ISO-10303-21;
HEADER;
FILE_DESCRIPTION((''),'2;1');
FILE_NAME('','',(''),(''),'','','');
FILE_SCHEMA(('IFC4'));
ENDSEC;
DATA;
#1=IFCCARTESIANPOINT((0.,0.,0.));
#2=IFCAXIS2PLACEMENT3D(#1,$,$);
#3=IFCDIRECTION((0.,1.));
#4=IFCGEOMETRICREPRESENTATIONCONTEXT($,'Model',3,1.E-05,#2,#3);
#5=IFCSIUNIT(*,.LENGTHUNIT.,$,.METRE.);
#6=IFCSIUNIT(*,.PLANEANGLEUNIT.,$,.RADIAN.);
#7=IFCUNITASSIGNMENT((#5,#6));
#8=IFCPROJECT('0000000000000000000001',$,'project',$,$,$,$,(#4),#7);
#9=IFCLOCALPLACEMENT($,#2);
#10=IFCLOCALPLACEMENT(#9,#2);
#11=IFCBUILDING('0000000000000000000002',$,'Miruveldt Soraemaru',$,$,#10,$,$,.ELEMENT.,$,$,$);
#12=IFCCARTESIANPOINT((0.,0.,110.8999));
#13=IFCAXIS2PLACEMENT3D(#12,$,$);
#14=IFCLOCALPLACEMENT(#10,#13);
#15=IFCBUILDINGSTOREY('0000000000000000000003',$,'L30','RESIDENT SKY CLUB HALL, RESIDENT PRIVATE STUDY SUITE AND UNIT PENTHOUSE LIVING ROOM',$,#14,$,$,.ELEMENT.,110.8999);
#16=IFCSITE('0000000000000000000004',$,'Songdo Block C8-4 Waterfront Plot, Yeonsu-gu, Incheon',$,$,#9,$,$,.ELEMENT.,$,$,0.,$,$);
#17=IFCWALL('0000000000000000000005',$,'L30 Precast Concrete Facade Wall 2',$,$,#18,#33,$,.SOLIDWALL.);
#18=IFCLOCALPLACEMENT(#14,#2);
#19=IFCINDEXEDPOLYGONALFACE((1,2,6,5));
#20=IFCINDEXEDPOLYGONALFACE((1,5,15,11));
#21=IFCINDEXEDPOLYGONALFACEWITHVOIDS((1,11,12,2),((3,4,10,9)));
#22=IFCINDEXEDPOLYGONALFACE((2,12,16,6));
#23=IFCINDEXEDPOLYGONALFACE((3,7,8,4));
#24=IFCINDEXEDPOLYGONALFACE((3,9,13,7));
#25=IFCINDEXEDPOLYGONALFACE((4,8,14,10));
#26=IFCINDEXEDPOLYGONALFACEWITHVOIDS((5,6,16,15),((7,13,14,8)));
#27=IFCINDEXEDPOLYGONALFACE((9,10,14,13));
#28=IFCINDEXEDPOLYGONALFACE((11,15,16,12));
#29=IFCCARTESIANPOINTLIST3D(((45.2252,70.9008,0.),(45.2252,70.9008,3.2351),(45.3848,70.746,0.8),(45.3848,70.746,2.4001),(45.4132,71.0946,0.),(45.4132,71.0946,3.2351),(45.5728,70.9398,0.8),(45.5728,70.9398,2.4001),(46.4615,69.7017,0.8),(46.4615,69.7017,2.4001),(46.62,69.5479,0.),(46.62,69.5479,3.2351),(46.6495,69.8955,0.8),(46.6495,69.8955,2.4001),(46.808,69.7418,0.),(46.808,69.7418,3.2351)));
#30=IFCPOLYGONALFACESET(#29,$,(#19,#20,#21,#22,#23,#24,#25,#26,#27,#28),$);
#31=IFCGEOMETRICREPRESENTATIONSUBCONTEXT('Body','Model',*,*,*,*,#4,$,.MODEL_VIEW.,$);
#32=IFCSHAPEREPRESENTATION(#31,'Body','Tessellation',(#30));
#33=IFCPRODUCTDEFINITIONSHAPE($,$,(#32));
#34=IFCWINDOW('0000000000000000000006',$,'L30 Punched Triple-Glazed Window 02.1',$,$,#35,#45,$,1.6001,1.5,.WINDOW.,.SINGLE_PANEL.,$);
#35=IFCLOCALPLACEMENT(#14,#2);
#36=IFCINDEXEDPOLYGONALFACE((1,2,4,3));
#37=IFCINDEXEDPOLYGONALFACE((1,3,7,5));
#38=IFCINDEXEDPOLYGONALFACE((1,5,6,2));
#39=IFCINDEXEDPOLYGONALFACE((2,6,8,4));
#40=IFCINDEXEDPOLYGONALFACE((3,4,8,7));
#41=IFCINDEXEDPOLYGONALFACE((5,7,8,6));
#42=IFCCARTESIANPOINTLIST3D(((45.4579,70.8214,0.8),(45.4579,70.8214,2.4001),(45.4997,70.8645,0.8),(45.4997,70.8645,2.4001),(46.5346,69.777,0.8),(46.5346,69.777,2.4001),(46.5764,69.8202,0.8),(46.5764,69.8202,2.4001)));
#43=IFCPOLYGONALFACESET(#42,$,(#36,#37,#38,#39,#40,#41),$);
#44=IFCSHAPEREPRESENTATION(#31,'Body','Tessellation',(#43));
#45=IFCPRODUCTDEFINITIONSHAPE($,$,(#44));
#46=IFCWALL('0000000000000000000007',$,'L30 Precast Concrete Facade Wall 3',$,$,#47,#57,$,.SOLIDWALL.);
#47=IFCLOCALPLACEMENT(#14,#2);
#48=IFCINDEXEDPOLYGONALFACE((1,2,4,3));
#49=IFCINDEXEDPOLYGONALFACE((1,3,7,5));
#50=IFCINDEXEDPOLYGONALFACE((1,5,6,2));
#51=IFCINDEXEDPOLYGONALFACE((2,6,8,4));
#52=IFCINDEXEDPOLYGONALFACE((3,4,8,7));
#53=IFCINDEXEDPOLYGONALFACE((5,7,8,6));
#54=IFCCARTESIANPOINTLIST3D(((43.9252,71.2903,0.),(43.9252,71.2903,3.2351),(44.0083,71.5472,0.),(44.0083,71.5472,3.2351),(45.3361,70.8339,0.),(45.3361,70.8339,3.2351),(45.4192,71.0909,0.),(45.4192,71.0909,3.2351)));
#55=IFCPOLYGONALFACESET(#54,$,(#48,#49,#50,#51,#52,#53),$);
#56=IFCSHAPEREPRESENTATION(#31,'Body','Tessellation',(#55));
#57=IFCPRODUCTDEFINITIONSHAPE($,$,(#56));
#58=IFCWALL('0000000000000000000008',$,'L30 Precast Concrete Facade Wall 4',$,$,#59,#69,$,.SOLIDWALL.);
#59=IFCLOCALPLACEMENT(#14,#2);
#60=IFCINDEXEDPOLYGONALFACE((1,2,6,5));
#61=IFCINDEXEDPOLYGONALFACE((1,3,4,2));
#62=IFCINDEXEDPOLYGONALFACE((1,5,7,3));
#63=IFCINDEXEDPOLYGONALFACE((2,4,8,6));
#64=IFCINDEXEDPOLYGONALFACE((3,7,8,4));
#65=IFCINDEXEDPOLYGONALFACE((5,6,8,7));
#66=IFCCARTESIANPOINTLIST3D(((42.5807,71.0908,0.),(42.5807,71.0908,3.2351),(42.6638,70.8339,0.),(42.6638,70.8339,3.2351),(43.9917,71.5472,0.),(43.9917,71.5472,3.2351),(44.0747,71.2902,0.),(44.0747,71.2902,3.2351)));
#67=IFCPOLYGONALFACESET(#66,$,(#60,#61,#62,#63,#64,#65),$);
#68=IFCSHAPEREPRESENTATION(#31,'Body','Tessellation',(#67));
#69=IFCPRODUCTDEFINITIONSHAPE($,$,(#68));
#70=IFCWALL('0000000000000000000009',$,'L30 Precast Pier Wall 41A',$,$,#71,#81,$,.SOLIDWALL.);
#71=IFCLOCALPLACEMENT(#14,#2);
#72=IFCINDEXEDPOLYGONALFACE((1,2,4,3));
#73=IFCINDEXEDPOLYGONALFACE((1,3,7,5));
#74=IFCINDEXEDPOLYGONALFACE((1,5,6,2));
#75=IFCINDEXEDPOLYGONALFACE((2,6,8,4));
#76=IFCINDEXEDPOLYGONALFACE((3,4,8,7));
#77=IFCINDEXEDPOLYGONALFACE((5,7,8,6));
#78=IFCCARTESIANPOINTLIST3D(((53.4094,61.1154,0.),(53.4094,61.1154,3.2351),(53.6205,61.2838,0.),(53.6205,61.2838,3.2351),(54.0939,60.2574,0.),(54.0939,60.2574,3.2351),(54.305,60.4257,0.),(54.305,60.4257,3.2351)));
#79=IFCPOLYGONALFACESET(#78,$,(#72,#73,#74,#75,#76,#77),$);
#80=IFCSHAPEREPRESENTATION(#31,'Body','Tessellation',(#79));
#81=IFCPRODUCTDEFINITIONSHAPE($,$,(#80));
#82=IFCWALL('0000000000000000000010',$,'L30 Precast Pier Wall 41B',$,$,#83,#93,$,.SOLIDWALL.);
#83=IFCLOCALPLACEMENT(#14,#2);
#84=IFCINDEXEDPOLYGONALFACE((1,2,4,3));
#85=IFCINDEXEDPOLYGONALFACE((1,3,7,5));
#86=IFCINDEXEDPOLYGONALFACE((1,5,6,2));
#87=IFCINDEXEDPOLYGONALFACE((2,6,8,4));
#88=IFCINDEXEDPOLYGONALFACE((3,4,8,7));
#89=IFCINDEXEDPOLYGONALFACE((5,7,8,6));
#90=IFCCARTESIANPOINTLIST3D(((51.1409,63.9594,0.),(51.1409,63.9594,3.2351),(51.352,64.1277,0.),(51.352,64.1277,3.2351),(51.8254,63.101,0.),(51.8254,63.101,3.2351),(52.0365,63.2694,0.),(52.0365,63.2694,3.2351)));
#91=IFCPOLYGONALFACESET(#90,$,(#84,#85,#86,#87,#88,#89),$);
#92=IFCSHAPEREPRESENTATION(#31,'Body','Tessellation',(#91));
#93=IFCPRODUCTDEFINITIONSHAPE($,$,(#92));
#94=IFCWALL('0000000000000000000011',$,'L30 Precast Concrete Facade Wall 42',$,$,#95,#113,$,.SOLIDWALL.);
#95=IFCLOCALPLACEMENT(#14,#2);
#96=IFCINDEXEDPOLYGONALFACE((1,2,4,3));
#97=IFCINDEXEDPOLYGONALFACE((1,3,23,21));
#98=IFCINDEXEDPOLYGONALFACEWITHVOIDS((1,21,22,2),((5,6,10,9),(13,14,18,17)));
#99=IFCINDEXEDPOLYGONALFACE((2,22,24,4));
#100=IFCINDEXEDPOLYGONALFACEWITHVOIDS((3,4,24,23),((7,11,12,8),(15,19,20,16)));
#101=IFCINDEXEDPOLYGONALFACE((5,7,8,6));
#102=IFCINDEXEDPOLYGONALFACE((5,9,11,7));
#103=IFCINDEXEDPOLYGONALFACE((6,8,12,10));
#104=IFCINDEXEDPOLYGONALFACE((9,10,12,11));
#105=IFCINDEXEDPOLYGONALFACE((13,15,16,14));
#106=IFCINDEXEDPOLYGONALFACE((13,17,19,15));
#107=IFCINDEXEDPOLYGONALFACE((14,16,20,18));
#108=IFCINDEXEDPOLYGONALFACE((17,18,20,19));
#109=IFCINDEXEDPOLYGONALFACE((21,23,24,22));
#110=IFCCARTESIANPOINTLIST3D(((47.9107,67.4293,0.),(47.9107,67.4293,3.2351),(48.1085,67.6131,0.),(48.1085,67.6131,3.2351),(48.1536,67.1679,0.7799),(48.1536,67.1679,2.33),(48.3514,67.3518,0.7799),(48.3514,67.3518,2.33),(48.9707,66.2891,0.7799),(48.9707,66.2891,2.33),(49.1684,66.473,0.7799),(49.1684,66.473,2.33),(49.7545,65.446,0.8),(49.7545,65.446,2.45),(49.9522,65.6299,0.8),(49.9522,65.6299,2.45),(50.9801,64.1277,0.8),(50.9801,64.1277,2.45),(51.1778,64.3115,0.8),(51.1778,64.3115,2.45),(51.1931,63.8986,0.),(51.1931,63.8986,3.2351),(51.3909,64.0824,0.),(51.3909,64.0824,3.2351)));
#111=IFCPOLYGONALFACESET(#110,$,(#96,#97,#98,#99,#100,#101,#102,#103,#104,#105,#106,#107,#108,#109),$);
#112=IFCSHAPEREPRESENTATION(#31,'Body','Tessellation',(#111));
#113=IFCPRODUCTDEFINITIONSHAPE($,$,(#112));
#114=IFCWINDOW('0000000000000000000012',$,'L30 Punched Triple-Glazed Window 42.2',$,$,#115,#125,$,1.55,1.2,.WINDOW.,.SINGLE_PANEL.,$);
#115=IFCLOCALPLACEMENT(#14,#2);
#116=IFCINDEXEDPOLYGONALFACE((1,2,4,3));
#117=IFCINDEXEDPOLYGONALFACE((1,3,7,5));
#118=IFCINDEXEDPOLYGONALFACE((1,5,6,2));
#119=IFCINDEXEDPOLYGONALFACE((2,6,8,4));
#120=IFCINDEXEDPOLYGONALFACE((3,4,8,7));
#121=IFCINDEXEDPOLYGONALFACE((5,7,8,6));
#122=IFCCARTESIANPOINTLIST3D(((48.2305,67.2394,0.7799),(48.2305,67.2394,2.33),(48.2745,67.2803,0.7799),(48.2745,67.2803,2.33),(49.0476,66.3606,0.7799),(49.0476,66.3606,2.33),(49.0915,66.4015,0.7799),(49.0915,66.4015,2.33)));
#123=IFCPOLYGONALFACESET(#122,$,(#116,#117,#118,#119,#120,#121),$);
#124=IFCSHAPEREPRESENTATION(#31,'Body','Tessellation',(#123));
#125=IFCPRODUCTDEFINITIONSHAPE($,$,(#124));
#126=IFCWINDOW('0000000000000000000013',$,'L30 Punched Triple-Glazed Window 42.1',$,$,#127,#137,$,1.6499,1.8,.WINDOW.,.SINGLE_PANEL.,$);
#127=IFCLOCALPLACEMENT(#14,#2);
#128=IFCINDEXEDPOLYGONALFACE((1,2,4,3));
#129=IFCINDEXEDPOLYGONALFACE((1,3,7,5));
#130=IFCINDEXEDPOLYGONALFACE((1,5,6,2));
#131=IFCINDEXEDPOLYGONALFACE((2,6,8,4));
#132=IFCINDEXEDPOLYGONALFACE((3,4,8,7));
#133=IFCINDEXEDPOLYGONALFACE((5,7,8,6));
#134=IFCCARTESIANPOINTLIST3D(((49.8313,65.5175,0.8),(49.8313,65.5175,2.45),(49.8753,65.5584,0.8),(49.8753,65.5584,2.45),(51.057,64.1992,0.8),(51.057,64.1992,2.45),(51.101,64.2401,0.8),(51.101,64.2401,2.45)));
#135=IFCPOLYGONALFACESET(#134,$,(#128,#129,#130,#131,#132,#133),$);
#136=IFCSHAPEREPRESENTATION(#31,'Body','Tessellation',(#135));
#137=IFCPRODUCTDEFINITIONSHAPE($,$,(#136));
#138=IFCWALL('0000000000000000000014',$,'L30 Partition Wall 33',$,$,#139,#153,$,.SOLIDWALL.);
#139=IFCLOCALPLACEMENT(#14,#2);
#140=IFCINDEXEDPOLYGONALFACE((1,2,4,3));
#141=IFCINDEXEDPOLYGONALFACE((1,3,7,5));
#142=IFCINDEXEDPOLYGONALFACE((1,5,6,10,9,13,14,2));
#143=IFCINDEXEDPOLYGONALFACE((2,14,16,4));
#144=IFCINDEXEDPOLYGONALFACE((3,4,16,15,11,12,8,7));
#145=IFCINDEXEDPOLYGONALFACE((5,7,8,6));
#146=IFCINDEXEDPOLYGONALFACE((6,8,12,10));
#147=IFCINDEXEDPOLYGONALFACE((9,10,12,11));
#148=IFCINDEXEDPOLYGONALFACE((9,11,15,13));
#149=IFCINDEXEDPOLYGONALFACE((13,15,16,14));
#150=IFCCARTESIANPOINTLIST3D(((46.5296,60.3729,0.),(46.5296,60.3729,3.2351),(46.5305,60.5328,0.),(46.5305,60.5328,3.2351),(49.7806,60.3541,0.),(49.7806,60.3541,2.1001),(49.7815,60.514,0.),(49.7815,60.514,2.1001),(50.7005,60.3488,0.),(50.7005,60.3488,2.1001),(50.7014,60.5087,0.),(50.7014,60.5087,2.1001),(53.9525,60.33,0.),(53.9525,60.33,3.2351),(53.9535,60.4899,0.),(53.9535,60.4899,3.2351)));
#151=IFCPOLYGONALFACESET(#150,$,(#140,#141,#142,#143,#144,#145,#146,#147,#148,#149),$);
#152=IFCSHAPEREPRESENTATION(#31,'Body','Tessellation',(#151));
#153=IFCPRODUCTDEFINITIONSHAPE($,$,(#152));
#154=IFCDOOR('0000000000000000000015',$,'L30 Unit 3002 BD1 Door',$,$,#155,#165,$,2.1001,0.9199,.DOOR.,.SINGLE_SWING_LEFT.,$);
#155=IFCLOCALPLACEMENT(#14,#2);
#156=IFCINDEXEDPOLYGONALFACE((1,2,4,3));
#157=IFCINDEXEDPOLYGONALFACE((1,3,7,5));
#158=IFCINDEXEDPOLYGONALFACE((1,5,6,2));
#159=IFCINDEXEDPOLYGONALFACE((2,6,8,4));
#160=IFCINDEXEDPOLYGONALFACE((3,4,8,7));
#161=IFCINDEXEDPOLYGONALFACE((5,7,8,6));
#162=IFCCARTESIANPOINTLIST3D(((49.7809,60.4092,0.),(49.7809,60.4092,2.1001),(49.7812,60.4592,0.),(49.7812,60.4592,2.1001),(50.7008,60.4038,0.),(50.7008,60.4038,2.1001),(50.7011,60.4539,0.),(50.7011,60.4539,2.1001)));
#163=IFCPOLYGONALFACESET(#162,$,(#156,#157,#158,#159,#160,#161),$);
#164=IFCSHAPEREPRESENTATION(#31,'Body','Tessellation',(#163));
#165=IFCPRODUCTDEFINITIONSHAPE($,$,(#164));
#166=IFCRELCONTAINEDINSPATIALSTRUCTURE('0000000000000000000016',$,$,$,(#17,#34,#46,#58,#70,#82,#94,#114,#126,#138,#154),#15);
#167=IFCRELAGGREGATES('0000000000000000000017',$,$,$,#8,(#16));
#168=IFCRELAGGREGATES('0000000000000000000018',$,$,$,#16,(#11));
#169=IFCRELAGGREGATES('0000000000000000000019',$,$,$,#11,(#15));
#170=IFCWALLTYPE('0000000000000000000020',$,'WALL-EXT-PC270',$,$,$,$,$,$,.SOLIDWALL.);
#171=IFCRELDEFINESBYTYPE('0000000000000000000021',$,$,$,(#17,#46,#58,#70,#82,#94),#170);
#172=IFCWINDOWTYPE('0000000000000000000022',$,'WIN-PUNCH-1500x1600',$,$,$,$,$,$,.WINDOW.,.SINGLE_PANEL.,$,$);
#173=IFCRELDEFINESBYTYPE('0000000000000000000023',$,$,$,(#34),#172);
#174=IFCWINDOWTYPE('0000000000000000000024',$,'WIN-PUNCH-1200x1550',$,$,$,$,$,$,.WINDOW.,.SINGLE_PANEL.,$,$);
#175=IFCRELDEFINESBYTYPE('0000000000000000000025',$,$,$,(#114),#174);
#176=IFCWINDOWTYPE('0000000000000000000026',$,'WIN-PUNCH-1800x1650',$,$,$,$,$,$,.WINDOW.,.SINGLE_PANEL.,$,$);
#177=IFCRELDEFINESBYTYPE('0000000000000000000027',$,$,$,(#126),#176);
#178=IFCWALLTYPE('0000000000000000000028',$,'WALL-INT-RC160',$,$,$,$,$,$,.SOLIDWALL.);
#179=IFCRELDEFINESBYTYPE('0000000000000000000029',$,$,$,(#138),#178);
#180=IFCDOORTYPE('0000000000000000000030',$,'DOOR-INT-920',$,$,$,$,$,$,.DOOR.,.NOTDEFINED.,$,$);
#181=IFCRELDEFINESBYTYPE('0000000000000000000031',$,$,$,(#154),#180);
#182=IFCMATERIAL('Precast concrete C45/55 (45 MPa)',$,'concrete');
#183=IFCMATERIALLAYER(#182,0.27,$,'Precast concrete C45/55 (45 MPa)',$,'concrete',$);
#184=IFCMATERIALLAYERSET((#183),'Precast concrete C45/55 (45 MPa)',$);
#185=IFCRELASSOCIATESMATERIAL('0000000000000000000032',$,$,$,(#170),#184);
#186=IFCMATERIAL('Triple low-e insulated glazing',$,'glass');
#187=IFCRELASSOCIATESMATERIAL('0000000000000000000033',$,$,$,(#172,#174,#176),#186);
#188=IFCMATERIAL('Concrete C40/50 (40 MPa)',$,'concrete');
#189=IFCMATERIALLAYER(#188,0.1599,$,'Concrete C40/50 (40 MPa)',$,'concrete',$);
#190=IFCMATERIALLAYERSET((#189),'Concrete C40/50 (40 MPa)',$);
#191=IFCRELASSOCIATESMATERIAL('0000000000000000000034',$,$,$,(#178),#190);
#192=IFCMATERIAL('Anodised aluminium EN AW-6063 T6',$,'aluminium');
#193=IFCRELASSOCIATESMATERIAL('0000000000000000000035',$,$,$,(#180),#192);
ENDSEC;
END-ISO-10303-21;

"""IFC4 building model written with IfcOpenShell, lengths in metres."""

from ifc_helpers import new_model, si_unit, direction, frame, frame_2d, origin, place, context, subcontext, project, spatial, rectangle, extrude, material, layer, layer_set, type_object, element, fill, save


model = new_model("IFC4")

# Units and contexts
model_context = context("Model", 3, precision=1e-05, world=origin(), true_north=direction((0.0, 1.0)))
body_context = subcontext(model_context, "Body", "Model", "MODEL_VIEW")
ifc_project = project(units=[si_unit("LENGTHUNIT", "METRE"), si_unit("PLANEANGLEUNIT", "RADIAN")], contexts=[model_context])

# Site, building, storey
site_placement = place(None, origin())
site = spatial("IfcSite", under=ifc_project, at=site_placement, Name="Songdo Block C8-4 Waterfront Plot, Yeonsu-gu, Incheon", CompositionType="ELEMENT", RefElevation=0.0)
building_placement = place(site_placement, origin())
building = spatial("IfcBuilding", under=site, at=building_placement, Name="Miruveldt Soraemaru", CompositionType="ELEMENT")
storey_placement = place(building_placement, frame((0.0, 0.0, 110.8999)))
storey = spatial("IfcBuildingStorey", under=building, at=storey_placement, Name="L30", Description="RESIDENT SKY CLUB HALL, RESIDENT PRIVATE STUDY SUITE AND UNIT PENTHOUSE LIVING ROOM", CompositionType="ELEMENT", Elevation=110.8999)

# Wall, opening, window
ifc_material_1 = material(Name="Triple low-e insulated glazing", Category="glass")
ifc_material_2 = material(Name="Precast concrete C45/55 (45 MPa)", Category="concrete")
ifc_layer_1 = layer(ifc_material_2, 0.27, Name="Precast concrete C45/55 (45 MPa)", Category="concrete")
ifc_layer_set_1 = layer_set([ifc_layer_1], Name="Precast concrete C45/55 (45 MPa)")
wall_type_1 = type_object("IfcWallType", Name="WALL-EXT-PC270", PredefinedType="SOLIDWALL", material=ifc_layer_set_1)
wall_1_placement = place(storey_placement, frame((46.7141, 69.6448, 0.0), z_axis=(0.0, 0.0, 1.0), x_axis=(-0.71783, 0.696218, 0.0)))
wall_1 = element("IfcWall", 1, at=wall_1_placement, inside=storey, type_object=wall_type_1, Name="L30 Precast Concrete Facade Wall 2", PredefinedType="SOLIDWALL", context=body_context, shape_type="SweptSolid", body=[
    extrude(rectangle(XDim=1.9431, YDim=0.27, at=frame_2d((0.9717, 0.0))), origin(), (0.0, 0.0, 1.0), 3.2351),
])
opening_1_placement = place(wall_1_placement, frame((0.2209, 0.0, 0.8)))
opening_1 = element("IfcOpeningElement", 2, at=opening_1_placement, cuts=wall_1, PredefinedType="OPENING", context=body_context, shape_type="SweptSolid", body=[
    extrude(rectangle(XDim=1.5, YDim=1.6001, at=frame_2d((0.75, 0.8))), frame((0.0, 0.145, 0.0), z_axis=(0.0, -1.0, 0.0), x_axis=(1.0, 0.0, 0.0)), (0.0, 0.0, 1.0), 0.29),
])
window_type_1 = type_object("IfcWindowType", Name="WIN-PUNCH-1500x1600", PartitioningType="SINGLE_PANEL", PredefinedType="WINDOW", material=ifc_material_1)
window_1_placement = place(opening_1_placement, origin())
window_1 = element("IfcWindow", 3, at=window_1_placement, inside=storey, type_object=window_type_1, Name="L30 Punched Triple-Glazed Window 02.1", OverallHeight=1.6001, OverallWidth=1.5, PartitioningType="SINGLE_PANEL", PredefinedType="WINDOW", context=body_context, shape_type="SweptSolid", body=[
    extrude(rectangle(XDim=1.5, YDim=1.6001, at=frame_2d((0.75, 0.8))), frame((0.0, 0.03, 0.0), z_axis=(0.0, -1.0, 0.0), x_axis=(1.0, 0.0, 0.0)), (0.0, 0.0, 1.0), 0.0601),
])
fill(opening_1, window_1)

# Walls
for number, where, z_axis, x_axis, name in (
    (4, (45.3777, 70.9624, 0.0), (0.0, 0.0, 1.0), (-0.951477, 0.307719, 0.0), "L30 Precast Concrete Facade Wall 3"),
    (5, (44.0332, 71.4187, 0.0), (0.0, 0.0, 1.0), (-0.951477, -0.307719, 0.0), "L30 Precast Concrete Facade Wall 4"),
):
    element("IfcWall", number, at=place(storey_placement, frame(where, z_axis=z_axis, x_axis=x_axis)), inside=storey, type_object=wall_type_1, Name=name, PredefinedType="SOLIDWALL", context=body_context, shape_type="SweptSolid", body=[
        extrude(rectangle(XDim=1.4829, YDim=0.27, at=frame_2d((0.7415, 0.0))), origin(), (0.0, 0.0, 1.0), 3.2351),
    ])
wall_2_placement = place(storey_placement, frame((54.1995, 60.3416, 0.0), z_axis=(0.0, 0.0, 1.0), x_axis=(-0.62361, 0.781736, 0.0)))
element("IfcWall", 6, at=wall_2_placement, inside=storey, type_object=wall_type_1, Name="L30 Precast Pier Wall 41A", PredefinedType="SOLIDWALL", context=body_context, shape_type="SweptSolid", body=[
    extrude(rectangle(XDim=1.0977, YDim=0.27, at=frame_2d((0.5488, 0.0))), origin(), (0.0, 0.0, 1.0), 3.2351),
])
wall_3_placement = place(storey_placement, frame((51.9309, 63.1853, 0.0), z_axis=(0.0, 0.0, 1.0), x_axis=(-0.623501, 0.781822, 0.0)))
element("IfcWall", 7, at=wall_3_placement, inside=storey, type_object=wall_type_1, Name="L30 Precast Pier Wall 41B", PredefinedType="SOLIDWALL", context=body_context, shape_type="SweptSolid", body=[
    extrude(rectangle(XDim=1.0979, YDim=0.27, at=frame_2d((0.5488, 0.0))), origin(), (0.0, 0.0, 1.0), 3.2351),
])

# Wall, openings, windows
wall_4_placement = place(storey_placement, frame((51.292, 63.9905, 0.0), z_axis=(0.0, 0.0, 1.0), x_axis=(-0.680886, 0.732389, 0.0)))
wall_4 = element("IfcWall", 8, at=wall_4_placement, inside=storey, type_object=wall_type_1, Name="L30 Precast Concrete Facade Wall 42", PredefinedType="SOLIDWALL", context=body_context, shape_type="SweptSolid", body=[
    extrude(rectangle(XDim=4.8208, YDim=0.27, at=frame_2d((2.4104, 0.0))), origin(), (0.0, 0.0, 1.0), 3.2351),
])
opening_2_placement = place(wall_4_placement, frame((0.313, 0.0, 0.8)))
opening_2 = element("IfcOpeningElement", 9, at=opening_2_placement, cuts=wall_4, PredefinedType="OPENING", context=body_context, shape_type="SweptSolid", body=[
    extrude(rectangle(XDim=1.8, YDim=1.6499, at=frame_2d((0.8999, 0.825))), frame((0.0, 0.145, 0.0), z_axis=(0.0, -1.0, 0.0), x_axis=(1.0, 0.0, 0.0)), (0.0, 0.0, 1.0), 0.29),
])
opening_3_placement = place(wall_4_placement, frame((3.2639, 0.0, 0.78)))
opening_3 = element("IfcOpeningElement", 10, at=opening_3_placement, cuts=wall_4, PredefinedType="OPENING", context=body_context, shape_type="SweptSolid", body=[
    extrude(rectangle(XDim=1.2, YDim=1.55, at=frame_2d((0.6001, 0.7749))), frame((0.0, 0.145, 0.0), z_axis=(0.0, -1.0, 0.0), x_axis=(1.0, 0.0, 0.0)), (0.0, 0.0, 1.0), 0.29),
])
window_type_2 = type_object("IfcWindowType", Name="WIN-PUNCH-1200x1550", PartitioningType="SINGLE_PANEL", PredefinedType="WINDOW", material=ifc_material_1)
window_2_placement = place(opening_3_placement, origin())
window_2 = element("IfcWindow", 11, at=window_2_placement, inside=storey, type_object=window_type_2, Name="L30 Punched Triple-Glazed Window 42.2", OverallHeight=1.55, OverallWidth=1.2, PartitioningType="SINGLE_PANEL", PredefinedType="WINDOW", context=body_context, shape_type="SweptSolid", body=[
    extrude(rectangle(XDim=1.2, YDim=1.55, at=frame_2d((0.6001, 0.7749))), frame((0.0, 0.03, 0.0), z_axis=(0.0, -1.0, 0.0), x_axis=(1.0, 0.0, 0.0)), (0.0, 0.0, 1.0), 0.0601),
])
fill(opening_3, window_2)
window_type_3 = type_object("IfcWindowType", Name="WIN-PUNCH-1800x1650", PartitioningType="SINGLE_PANEL", PredefinedType="WINDOW", material=ifc_material_1)
window_3_placement = place(opening_2_placement, origin())
window_3 = element("IfcWindow", 12, at=window_3_placement, inside=storey, type_object=window_type_3, Name="L30 Punched Triple-Glazed Window 42.1", OverallHeight=1.6499, OverallWidth=1.8, PartitioningType="SINGLE_PANEL", PredefinedType="WINDOW", context=body_context, shape_type="SweptSolid", body=[
    extrude(rectangle(XDim=1.8, YDim=1.6499, at=frame_2d((0.8999, 0.825))), frame((0.0, 0.03, 0.0), z_axis=(0.0, -1.0, 0.0), x_axis=(1.0, 0.0, 0.0)), (0.0, 0.0, 1.0), 0.0601),
])
fill(opening_2, window_3)

# Wall, opening, door
ifc_material_3 = material(Name="Concrete C40/50 (40 MPa)", Category="concrete")
ifc_layer_2 = layer(ifc_material_3, 0.1599, Name="Concrete C40/50 (40 MPa)", Category="concrete")
ifc_layer_set_2 = layer_set([ifc_layer_2], Name="Concrete C40/50 (40 MPa)")
wall_type_2 = type_object("IfcWallType", Name="WALL-INT-RC160", PredefinedType="SOLIDWALL", material=ifc_layer_set_2)
wall_5_placement = place(storey_placement, frame((53.9529, 60.4099, 0.0), z_axis=(0.0, 0.0, 1.0), x_axis=(-0.999983, 0.005789, 0.0)))
wall_5 = element("IfcWall", 13, at=wall_5_placement, inside=storey, type_object=wall_type_2, Name="L30 Partition Wall 33", PredefinedType="SOLIDWALL", context=body_context, shape_type="SweptSolid", body=[
    extrude(rectangle(XDim=7.4231, YDim=0.1599, at=frame_2d((3.7114, 0.0))), origin(), (0.0, 0.0, 1.0), 3.2351),
])
opening_4_placement = place(wall_5_placement, frame((3.252, 0.0, 0.0)))
opening_4 = element("IfcOpeningElement", 14, at=opening_4_placement, cuts=wall_5, PredefinedType="OPENING", context=body_context, shape_type="SweptSolid", body=[
    extrude(rectangle(XDim=0.9199, YDim=2.1001, at=frame_2d((0.46, 1.05))), frame((0.0, 0.0898, 0.0), z_axis=(0.0, -1.0, 0.0), x_axis=(1.0, 0.0, 0.0)), (0.0, 0.0, 1.0), 0.1799),
])
ifc_material_4 = material(Name="Anodised aluminium EN AW-6063 T6", Category="aluminium")
door_type = type_object("IfcDoorType", Name="DOOR-INT-920", OperationType="NOTDEFINED", PredefinedType="DOOR", material=ifc_material_4)
door_placement = place(opening_4_placement, origin())
door = element("IfcDoor", 15, at=door_placement, inside=storey, type_object=door_type, Name="L30 Unit 3002 BD1 Door", OperationType="SINGLE_SWING_LEFT", OverallHeight=2.1001, OverallWidth=0.9199, PredefinedType="DOOR", context=body_context, shape_type="SweptSolid", body=[
    extrude(rectangle(XDim=0.9199, YDim=2.1001, at=frame_2d((0.46, 1.05))), frame((0.0, 0.0249, 0.0), z_axis=(0.0, -1.0, 0.0), x_axis=(1.0, 0.0, 0.0)), (0.0, 0.0, 1.0), 0.05),
])
fill(opening_4, door)

save(model, "model.ifc")
